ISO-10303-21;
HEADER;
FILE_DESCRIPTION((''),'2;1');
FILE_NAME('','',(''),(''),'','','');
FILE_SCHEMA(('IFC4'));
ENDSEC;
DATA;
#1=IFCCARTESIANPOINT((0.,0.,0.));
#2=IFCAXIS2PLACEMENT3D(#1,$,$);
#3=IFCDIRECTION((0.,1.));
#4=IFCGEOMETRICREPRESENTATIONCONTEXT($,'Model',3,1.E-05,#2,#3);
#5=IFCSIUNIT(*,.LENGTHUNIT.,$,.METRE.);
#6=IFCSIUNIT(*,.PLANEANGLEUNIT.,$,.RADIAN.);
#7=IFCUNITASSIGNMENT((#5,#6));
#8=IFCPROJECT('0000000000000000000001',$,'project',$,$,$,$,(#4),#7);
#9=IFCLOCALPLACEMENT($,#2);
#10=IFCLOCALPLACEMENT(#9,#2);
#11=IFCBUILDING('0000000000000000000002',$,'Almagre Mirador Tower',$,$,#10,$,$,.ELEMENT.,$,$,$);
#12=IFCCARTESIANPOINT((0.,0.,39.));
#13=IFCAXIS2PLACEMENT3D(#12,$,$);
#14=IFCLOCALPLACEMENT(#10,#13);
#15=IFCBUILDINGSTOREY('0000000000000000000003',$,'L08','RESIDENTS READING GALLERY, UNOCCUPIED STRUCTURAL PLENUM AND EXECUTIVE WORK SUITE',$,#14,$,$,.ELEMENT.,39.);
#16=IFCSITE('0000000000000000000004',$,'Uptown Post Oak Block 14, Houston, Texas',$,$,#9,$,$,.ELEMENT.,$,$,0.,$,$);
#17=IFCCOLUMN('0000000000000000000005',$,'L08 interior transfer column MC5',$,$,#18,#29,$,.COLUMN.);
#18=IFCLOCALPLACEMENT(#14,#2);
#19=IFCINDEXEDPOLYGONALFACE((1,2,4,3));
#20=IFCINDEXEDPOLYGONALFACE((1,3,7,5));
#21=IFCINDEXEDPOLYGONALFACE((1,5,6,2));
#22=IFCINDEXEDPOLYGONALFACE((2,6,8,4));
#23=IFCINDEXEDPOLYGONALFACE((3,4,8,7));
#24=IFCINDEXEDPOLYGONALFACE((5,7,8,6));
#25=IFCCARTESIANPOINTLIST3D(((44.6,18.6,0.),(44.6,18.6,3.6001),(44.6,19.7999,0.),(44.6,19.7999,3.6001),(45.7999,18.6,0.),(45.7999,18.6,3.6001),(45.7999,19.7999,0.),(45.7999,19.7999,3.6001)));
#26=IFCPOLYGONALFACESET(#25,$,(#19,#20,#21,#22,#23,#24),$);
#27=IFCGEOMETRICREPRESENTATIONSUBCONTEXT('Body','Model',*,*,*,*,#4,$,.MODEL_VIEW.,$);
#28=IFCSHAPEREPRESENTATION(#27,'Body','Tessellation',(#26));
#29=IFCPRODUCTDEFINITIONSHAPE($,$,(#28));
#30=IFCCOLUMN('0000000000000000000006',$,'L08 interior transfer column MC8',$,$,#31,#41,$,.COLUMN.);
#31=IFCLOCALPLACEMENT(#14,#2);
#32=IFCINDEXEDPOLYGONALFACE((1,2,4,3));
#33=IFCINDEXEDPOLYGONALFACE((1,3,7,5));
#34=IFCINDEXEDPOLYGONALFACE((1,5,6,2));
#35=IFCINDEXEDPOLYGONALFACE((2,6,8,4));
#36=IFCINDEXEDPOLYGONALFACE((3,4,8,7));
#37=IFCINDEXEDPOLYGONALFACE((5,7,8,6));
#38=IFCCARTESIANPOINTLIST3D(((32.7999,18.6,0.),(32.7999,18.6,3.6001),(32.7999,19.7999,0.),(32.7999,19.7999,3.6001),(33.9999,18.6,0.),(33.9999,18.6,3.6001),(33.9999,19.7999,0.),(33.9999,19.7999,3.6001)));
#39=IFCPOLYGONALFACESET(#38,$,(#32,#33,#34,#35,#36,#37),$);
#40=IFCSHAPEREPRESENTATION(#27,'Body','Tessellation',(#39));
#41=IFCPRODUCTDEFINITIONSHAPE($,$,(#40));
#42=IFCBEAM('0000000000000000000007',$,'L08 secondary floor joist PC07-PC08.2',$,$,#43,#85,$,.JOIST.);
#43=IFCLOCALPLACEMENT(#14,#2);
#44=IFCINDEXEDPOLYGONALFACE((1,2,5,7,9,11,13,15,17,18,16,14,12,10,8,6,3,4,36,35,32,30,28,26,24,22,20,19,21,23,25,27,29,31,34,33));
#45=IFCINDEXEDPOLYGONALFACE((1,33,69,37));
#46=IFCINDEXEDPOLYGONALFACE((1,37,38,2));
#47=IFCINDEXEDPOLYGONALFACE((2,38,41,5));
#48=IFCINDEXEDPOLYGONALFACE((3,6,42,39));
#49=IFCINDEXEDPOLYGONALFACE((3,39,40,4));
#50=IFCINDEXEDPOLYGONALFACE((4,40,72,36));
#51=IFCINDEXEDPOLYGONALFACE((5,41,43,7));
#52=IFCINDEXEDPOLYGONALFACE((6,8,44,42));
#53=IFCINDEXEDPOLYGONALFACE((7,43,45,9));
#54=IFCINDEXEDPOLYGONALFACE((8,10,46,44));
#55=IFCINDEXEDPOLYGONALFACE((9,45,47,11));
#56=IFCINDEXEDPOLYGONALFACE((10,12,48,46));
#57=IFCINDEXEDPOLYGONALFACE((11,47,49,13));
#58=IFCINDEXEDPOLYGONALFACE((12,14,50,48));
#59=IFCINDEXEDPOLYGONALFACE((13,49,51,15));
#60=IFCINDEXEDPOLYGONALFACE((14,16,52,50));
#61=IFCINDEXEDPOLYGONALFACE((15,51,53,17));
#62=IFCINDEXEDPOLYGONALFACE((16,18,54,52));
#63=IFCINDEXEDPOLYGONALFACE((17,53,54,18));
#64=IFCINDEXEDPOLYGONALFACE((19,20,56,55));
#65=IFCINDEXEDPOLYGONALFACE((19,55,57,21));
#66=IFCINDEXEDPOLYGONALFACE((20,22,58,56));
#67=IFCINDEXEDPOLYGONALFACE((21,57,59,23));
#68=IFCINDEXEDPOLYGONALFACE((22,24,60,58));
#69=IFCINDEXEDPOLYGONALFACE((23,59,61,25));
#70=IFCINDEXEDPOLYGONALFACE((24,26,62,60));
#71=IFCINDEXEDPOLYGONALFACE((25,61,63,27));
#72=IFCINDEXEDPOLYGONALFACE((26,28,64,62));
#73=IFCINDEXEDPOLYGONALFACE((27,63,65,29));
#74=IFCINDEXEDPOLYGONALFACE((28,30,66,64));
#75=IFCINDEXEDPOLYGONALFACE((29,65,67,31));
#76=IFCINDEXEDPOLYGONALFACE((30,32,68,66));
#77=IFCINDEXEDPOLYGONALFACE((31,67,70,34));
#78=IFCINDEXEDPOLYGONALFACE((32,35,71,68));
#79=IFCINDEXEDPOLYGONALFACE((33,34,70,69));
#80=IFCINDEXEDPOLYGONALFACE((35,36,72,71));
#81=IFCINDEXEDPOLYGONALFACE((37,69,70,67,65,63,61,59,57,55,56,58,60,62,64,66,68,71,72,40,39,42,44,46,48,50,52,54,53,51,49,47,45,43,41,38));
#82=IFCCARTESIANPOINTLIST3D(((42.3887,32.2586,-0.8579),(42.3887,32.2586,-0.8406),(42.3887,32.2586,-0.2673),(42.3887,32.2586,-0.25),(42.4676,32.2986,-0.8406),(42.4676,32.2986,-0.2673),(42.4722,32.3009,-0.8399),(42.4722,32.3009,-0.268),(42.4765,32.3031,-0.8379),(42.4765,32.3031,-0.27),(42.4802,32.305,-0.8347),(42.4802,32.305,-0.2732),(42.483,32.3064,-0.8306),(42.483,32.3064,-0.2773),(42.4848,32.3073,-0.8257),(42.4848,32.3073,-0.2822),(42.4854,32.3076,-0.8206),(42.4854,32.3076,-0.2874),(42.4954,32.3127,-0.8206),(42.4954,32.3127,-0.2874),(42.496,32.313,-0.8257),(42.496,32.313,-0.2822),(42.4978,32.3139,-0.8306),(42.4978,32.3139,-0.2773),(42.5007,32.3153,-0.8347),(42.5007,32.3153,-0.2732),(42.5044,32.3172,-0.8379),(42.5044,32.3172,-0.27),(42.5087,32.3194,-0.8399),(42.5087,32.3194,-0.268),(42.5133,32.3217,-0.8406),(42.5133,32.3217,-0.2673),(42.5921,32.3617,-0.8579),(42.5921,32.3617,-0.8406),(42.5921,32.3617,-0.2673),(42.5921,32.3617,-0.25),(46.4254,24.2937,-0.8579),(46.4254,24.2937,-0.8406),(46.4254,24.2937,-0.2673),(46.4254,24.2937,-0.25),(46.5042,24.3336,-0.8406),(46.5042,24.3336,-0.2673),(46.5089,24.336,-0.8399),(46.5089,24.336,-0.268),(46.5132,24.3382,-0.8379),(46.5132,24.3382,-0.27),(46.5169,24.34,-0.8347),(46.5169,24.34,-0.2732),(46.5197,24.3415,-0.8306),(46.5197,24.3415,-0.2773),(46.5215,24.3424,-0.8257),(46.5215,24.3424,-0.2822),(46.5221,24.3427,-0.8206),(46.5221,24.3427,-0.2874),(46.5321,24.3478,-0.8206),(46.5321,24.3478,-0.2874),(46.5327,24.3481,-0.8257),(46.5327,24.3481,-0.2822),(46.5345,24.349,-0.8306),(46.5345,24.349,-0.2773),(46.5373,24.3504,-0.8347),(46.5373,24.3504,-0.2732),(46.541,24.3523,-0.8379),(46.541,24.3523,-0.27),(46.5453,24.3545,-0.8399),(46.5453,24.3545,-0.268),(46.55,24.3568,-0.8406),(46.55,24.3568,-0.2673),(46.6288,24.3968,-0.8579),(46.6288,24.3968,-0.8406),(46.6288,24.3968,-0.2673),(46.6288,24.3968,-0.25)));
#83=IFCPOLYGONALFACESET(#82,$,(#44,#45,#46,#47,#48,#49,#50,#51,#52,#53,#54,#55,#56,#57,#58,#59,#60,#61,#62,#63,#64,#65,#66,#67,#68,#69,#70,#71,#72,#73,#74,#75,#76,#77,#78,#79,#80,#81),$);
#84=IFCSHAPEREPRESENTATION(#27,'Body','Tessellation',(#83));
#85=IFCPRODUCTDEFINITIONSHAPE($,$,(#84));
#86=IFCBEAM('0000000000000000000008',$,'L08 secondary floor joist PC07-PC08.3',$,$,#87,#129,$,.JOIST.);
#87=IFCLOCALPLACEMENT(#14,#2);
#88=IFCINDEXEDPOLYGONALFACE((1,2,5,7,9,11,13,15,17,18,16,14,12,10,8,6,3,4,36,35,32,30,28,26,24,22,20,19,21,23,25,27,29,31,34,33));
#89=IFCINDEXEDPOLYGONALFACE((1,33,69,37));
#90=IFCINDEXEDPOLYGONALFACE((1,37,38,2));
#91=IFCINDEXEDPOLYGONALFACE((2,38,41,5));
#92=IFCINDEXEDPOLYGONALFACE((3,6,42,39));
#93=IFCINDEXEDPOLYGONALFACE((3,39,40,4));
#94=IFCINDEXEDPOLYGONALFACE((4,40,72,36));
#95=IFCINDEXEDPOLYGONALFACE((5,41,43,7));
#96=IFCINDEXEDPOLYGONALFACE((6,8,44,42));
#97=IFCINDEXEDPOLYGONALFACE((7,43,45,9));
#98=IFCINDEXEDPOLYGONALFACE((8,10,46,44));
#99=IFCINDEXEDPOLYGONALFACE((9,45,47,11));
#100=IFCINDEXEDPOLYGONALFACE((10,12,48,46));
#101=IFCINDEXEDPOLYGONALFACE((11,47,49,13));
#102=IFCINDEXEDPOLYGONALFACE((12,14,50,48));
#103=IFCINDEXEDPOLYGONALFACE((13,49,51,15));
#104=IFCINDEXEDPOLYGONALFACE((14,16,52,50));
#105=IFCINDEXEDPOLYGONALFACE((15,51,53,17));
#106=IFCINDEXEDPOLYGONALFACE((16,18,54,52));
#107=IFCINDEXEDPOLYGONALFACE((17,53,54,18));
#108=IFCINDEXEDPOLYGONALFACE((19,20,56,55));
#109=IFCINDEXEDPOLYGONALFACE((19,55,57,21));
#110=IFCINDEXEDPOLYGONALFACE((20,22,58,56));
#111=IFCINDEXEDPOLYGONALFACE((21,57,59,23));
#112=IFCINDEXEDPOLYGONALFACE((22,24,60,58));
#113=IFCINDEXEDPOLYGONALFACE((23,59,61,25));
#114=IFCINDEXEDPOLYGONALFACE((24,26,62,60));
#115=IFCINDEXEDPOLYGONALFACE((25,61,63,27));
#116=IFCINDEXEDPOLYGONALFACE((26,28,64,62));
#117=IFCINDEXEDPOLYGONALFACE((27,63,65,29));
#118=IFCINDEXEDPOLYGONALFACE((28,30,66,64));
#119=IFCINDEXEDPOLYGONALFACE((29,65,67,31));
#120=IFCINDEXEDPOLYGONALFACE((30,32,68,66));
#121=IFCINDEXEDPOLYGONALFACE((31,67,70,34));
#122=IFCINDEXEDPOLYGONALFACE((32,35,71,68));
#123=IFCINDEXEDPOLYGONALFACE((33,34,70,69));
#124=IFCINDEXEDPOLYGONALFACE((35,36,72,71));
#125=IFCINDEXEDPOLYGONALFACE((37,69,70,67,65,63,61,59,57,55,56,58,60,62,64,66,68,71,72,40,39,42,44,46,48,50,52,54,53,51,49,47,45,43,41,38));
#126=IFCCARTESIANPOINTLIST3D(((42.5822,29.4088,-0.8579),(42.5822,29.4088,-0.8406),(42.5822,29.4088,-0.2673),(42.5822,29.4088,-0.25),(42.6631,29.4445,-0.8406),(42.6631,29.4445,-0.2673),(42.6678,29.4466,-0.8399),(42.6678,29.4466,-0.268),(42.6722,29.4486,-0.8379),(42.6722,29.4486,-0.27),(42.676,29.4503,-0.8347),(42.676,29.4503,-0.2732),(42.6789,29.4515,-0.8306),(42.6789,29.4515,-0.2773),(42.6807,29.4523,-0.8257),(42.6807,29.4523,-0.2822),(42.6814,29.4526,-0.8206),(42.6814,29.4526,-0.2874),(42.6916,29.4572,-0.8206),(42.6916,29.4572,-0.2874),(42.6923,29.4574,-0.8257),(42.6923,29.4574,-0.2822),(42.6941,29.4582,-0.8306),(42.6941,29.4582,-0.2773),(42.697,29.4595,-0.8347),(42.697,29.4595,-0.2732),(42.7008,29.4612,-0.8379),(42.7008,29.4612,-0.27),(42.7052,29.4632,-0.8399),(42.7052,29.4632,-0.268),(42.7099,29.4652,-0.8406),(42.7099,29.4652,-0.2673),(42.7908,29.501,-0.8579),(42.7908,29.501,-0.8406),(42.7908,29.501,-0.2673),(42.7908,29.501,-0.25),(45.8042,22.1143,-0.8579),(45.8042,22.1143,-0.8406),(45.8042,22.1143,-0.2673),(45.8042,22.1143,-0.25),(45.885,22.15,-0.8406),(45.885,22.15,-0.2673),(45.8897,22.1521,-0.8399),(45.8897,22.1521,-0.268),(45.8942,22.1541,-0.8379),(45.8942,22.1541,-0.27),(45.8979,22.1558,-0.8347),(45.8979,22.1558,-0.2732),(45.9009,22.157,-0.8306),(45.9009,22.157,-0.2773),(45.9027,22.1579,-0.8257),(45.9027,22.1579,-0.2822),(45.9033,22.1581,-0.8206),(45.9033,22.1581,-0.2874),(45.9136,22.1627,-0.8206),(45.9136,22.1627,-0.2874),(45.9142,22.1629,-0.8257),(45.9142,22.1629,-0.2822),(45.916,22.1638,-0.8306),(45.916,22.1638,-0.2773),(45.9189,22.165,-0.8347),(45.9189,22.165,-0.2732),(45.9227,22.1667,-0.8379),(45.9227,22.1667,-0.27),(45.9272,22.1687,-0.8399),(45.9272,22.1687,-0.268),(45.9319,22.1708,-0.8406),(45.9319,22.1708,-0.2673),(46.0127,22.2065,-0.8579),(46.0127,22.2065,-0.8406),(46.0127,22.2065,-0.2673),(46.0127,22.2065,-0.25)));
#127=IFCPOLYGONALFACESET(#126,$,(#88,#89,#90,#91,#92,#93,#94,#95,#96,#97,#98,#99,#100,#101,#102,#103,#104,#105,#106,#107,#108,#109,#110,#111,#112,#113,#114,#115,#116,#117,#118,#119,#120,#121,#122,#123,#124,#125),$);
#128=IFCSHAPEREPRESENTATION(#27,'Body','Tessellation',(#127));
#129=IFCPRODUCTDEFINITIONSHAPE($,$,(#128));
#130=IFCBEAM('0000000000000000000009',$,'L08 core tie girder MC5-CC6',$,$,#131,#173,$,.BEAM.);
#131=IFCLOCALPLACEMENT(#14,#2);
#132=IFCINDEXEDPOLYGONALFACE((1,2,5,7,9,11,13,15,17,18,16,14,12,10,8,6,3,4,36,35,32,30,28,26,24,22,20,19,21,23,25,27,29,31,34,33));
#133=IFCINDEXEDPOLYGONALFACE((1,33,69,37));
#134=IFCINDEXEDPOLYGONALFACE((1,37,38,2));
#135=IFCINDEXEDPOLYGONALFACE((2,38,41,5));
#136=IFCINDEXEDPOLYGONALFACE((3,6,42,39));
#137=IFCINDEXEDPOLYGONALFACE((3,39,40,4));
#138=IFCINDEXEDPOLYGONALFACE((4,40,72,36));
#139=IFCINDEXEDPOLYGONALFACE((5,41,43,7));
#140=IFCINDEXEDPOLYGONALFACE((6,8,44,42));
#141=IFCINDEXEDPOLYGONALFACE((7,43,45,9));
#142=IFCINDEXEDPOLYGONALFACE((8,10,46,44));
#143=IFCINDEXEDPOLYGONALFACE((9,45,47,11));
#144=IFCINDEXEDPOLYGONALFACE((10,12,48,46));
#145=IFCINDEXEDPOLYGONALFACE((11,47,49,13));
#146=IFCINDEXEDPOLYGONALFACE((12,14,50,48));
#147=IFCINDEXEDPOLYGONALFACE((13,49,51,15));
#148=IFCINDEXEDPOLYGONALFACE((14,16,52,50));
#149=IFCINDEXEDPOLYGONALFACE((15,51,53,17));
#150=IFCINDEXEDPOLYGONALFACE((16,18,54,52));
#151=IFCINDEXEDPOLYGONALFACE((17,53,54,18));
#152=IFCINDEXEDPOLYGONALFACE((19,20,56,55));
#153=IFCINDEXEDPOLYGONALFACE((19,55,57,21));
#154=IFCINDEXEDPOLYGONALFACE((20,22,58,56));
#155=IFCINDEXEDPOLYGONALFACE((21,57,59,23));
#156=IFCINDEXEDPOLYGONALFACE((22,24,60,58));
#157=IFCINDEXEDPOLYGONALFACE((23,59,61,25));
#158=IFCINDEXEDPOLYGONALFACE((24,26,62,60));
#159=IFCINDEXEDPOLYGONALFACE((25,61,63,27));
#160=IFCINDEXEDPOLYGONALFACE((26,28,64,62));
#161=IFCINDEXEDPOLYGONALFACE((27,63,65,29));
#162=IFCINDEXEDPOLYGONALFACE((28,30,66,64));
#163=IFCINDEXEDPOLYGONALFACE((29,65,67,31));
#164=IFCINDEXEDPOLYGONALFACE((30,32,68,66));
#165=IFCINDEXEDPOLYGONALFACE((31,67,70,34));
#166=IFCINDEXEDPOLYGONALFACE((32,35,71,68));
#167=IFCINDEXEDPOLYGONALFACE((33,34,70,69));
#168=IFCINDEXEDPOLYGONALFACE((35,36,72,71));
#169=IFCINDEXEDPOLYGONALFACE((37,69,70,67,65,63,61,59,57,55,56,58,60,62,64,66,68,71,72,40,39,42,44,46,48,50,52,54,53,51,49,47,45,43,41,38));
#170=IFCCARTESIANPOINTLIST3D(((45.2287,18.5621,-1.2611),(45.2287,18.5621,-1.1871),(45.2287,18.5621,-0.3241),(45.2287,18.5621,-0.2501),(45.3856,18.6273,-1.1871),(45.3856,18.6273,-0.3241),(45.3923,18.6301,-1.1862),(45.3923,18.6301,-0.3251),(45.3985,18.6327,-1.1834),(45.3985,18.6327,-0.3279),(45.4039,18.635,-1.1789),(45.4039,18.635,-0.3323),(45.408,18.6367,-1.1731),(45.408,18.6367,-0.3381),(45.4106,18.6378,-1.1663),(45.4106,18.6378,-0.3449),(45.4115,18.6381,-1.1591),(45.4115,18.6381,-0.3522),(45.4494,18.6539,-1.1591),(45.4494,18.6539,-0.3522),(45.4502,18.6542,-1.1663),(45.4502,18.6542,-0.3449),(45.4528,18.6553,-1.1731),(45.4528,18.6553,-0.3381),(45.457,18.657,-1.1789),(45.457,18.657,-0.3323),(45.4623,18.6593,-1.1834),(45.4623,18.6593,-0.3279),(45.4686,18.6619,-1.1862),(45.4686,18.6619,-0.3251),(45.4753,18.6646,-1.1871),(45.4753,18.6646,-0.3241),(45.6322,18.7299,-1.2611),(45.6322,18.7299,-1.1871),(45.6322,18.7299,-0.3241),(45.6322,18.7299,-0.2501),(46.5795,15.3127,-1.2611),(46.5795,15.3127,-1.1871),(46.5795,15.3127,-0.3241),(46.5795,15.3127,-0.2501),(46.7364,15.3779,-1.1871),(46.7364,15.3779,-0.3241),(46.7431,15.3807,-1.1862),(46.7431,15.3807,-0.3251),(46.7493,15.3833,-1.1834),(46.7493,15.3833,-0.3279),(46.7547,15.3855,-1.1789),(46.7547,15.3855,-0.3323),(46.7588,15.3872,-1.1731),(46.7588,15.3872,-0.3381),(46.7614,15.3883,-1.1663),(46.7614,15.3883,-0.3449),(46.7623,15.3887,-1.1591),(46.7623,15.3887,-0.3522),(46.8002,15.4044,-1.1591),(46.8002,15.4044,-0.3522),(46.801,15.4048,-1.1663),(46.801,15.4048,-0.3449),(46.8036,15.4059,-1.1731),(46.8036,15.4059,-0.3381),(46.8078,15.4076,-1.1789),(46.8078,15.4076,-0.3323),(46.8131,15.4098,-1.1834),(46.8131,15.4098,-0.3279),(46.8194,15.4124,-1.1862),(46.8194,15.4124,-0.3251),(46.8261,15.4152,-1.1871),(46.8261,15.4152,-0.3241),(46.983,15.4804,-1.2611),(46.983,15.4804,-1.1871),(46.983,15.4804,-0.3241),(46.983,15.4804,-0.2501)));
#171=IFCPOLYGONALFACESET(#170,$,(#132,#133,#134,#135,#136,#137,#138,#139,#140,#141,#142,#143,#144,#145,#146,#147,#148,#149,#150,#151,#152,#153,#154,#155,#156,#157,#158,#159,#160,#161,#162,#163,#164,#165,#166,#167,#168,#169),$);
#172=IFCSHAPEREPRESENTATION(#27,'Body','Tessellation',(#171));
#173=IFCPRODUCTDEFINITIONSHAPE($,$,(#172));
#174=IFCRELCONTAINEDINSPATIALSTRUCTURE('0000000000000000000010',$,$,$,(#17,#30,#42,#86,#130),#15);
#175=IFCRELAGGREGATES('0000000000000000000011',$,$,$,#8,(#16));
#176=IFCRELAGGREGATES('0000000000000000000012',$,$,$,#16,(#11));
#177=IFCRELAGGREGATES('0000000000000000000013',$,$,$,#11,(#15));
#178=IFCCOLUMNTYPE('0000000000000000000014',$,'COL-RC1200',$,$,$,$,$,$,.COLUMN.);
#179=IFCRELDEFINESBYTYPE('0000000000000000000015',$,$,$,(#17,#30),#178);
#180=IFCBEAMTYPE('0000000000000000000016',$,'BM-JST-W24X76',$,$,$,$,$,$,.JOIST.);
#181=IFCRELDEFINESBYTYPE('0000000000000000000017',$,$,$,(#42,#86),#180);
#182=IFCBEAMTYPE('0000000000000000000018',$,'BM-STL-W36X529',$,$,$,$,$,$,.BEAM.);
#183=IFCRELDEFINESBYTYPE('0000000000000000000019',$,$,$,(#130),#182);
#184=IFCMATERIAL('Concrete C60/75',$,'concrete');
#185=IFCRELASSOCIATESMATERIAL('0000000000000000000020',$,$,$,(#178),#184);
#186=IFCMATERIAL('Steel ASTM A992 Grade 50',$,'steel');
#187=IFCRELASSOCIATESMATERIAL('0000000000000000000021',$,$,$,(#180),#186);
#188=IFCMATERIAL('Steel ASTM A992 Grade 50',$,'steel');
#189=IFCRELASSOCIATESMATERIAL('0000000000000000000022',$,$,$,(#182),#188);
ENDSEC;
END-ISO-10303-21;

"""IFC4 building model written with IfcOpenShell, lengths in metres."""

from ifc_helpers import new_model, si_unit, direction, frame, origin, origin_2d, place, context, subcontext, project, spatial, rectangle, i_section, extrude, material, material_profile, profile_set, type_object, element, save


model = new_model("IFC4")

# Units and contexts
model_context = context("Model", 3, precision=1e-05, world=origin(), true_north=direction((0.0, 1.0)))
body_context = subcontext(model_context, "Body", "Model", "MODEL_VIEW")
ifc_project = project(units=[si_unit("LENGTHUNIT", "METRE"), si_unit("PLANEANGLEUNIT", "RADIAN")], contexts=[model_context])

# Site, building, storey
site_placement = place(None, origin())
site = spatial("IfcSite", under=ifc_project, at=site_placement, Name="Uptown Post Oak Block 14, Houston, Texas", CompositionType="ELEMENT", RefElevation=0.0)
building_placement = place(site_placement, origin())
building = spatial("IfcBuilding", under=site, at=building_placement, Name="Almagre Mirador Tower", CompositionType="ELEMENT")
storey_placement = place(building_placement, frame((0.0, 0.0, 39.0)))
storey = spatial("IfcBuildingStorey", under=building, at=storey_placement, Name="L08", Description="RESIDENTS READING GALLERY, UNOCCUPIED STRUCTURAL PLENUM AND EXECUTIVE WORK SUITE", CompositionType="ELEMENT", Elevation=39.0)

# Columns
ifc_material_1 = material(Name="Concrete C60/75", Category="concrete")
ifc_material_profile_1 = material_profile(ifc_material_1, rectangle(XDim=1.2, YDim=1.2, at=origin_2d()), Name="RC1200X1200")
ifc_profile_set_1 = profile_set([ifc_material_profile_1], Name="Concrete C60/75")
column_type = type_object("IfcColumnType", Name="COL-RC1200", PredefinedType="COLUMN", material=ifc_profile_set_1)
for number, where, z_axis, x_axis, name in (
    (1, (45.2, 19.2, 0.0), (0.0, 0.0, 1.0), (1.0, 0.0, 0.0), "L08 interior transfer column MC5"),
    (2, (33.3999, 19.2, 0.0), (0.0, 0.0, 1.0), (1.0, 0.0, 0.0), "L08 interior transfer column MC8"),
):
    element("IfcColumn", number, at=place(storey_placement, frame(where, z_axis=z_axis, x_axis=x_axis)), inside=storey, type_object=column_type, Name=name, PredefinedType="COLUMN", context=body_context, shape_type="SweptSolid", body=[
        extrude(rectangle(XDim=1.2, YDim=1.2, at=origin_2d()), origin(), (0.0, 0.0, 1.0), 3.6001),
    ])

# Beams
ifc_material_2 = material(Name="Steel ASTM A992 Grade 50", Category="steel")
ifc_material_profile_2 = material_profile(ifc_material_2, i_section(OverallWidth=0.228, OverallDepth=0.6079, WebThickness=0.0112, FlangeThickness=0.0173, FilletRadius=0.02, at=origin_2d()), Name="W24X76")
ifc_profile_set_2 = profile_set([ifc_material_profile_2], Name="Steel ASTM A992 Grade 50")
beam_type_1 = type_object("IfcBeamType", Name="BM-JST-W24X76", PredefinedType="JOIST", material=ifc_profile_set_2)
beam_1_placement = place(storey_placement, frame((46.5271, 24.3452, -0.554), z_axis=(-0.452063, 0.891986, 0.0), x_axis=(-0.891986, -0.452063, 0.0)))
element("IfcBeam", 3, at=beam_1_placement, inside=storey, type_object=beam_type_1, Name="L08 secondary floor joist PC07-PC08.2", PredefinedType="JOIST", context=body_context, shape_type="SweptSolid", body=[
    extrude(i_section(OverallWidth=0.228, OverallDepth=0.6079, WebThickness=0.0112, FlangeThickness=0.0173, FilletRadius=0.02, at=origin_2d()), origin(), (0.0, 0.0, 1.0), 8.9294),
])
beam_2_placement = place(storey_placement, frame((45.9084, 22.1604, -0.554), z_axis=(-0.404038, 0.914742, 0.0), x_axis=(-0.914742, -0.404038, 0.0)))
element("IfcBeam", 4, at=beam_2_placement, inside=storey, type_object=beam_type_1, Name="L08 secondary floor joist PC07-PC08.3", PredefinedType="JOIST", context=body_context, shape_type="SweptSolid", body=[
    extrude(i_section(OverallWidth=0.228, OverallDepth=0.6079, WebThickness=0.0112, FlangeThickness=0.0173, FilletRadius=0.02, at=origin_2d()), origin(), (0.0, 0.0, 1.0), 7.9744),
])
ifc_material_3 = material(Name="Steel ASTM A992 Grade 50", Category="steel")
ifc_material_profile_3 = material_profile(ifc_material_3, i_section(OverallWidth=0.437, OverallDepth=1.011, WebThickness=0.041, FlangeThickness=0.074, FilletRadius=0.0281, at=origin_2d()), Name="W36X529")
ifc_profile_set_3 = profile_set([ifc_material_profile_3], Name="Steel ASTM A992 Grade 50")
beam_type_2 = type_object("IfcBeamType", Name="BM-STL-W36X529", PredefinedType="BEAM", material=ifc_profile_set_3)
beam_3_placement = place(storey_placement, frame((45.4304, 18.646, -0.7556), z_axis=(0.383857, -0.923393, 0.0), x_axis=(0.923393, 0.383857, 0.0)))
element("IfcBeam", 5, at=beam_3_placement, inside=storey, type_object=beam_type_2, Name="L08 core tie girder MC5-CC6", PredefinedType="BEAM", context=body_context, shape_type="SweptSolid", body=[
    extrude(i_section(OverallWidth=0.437, OverallDepth=1.011, WebThickness=0.041, FlangeThickness=0.074, FilletRadius=0.0281, at=origin_2d()), origin(), (0.0, 0.0, 1.0), 3.519),
])

save(model, "model.ifc")
